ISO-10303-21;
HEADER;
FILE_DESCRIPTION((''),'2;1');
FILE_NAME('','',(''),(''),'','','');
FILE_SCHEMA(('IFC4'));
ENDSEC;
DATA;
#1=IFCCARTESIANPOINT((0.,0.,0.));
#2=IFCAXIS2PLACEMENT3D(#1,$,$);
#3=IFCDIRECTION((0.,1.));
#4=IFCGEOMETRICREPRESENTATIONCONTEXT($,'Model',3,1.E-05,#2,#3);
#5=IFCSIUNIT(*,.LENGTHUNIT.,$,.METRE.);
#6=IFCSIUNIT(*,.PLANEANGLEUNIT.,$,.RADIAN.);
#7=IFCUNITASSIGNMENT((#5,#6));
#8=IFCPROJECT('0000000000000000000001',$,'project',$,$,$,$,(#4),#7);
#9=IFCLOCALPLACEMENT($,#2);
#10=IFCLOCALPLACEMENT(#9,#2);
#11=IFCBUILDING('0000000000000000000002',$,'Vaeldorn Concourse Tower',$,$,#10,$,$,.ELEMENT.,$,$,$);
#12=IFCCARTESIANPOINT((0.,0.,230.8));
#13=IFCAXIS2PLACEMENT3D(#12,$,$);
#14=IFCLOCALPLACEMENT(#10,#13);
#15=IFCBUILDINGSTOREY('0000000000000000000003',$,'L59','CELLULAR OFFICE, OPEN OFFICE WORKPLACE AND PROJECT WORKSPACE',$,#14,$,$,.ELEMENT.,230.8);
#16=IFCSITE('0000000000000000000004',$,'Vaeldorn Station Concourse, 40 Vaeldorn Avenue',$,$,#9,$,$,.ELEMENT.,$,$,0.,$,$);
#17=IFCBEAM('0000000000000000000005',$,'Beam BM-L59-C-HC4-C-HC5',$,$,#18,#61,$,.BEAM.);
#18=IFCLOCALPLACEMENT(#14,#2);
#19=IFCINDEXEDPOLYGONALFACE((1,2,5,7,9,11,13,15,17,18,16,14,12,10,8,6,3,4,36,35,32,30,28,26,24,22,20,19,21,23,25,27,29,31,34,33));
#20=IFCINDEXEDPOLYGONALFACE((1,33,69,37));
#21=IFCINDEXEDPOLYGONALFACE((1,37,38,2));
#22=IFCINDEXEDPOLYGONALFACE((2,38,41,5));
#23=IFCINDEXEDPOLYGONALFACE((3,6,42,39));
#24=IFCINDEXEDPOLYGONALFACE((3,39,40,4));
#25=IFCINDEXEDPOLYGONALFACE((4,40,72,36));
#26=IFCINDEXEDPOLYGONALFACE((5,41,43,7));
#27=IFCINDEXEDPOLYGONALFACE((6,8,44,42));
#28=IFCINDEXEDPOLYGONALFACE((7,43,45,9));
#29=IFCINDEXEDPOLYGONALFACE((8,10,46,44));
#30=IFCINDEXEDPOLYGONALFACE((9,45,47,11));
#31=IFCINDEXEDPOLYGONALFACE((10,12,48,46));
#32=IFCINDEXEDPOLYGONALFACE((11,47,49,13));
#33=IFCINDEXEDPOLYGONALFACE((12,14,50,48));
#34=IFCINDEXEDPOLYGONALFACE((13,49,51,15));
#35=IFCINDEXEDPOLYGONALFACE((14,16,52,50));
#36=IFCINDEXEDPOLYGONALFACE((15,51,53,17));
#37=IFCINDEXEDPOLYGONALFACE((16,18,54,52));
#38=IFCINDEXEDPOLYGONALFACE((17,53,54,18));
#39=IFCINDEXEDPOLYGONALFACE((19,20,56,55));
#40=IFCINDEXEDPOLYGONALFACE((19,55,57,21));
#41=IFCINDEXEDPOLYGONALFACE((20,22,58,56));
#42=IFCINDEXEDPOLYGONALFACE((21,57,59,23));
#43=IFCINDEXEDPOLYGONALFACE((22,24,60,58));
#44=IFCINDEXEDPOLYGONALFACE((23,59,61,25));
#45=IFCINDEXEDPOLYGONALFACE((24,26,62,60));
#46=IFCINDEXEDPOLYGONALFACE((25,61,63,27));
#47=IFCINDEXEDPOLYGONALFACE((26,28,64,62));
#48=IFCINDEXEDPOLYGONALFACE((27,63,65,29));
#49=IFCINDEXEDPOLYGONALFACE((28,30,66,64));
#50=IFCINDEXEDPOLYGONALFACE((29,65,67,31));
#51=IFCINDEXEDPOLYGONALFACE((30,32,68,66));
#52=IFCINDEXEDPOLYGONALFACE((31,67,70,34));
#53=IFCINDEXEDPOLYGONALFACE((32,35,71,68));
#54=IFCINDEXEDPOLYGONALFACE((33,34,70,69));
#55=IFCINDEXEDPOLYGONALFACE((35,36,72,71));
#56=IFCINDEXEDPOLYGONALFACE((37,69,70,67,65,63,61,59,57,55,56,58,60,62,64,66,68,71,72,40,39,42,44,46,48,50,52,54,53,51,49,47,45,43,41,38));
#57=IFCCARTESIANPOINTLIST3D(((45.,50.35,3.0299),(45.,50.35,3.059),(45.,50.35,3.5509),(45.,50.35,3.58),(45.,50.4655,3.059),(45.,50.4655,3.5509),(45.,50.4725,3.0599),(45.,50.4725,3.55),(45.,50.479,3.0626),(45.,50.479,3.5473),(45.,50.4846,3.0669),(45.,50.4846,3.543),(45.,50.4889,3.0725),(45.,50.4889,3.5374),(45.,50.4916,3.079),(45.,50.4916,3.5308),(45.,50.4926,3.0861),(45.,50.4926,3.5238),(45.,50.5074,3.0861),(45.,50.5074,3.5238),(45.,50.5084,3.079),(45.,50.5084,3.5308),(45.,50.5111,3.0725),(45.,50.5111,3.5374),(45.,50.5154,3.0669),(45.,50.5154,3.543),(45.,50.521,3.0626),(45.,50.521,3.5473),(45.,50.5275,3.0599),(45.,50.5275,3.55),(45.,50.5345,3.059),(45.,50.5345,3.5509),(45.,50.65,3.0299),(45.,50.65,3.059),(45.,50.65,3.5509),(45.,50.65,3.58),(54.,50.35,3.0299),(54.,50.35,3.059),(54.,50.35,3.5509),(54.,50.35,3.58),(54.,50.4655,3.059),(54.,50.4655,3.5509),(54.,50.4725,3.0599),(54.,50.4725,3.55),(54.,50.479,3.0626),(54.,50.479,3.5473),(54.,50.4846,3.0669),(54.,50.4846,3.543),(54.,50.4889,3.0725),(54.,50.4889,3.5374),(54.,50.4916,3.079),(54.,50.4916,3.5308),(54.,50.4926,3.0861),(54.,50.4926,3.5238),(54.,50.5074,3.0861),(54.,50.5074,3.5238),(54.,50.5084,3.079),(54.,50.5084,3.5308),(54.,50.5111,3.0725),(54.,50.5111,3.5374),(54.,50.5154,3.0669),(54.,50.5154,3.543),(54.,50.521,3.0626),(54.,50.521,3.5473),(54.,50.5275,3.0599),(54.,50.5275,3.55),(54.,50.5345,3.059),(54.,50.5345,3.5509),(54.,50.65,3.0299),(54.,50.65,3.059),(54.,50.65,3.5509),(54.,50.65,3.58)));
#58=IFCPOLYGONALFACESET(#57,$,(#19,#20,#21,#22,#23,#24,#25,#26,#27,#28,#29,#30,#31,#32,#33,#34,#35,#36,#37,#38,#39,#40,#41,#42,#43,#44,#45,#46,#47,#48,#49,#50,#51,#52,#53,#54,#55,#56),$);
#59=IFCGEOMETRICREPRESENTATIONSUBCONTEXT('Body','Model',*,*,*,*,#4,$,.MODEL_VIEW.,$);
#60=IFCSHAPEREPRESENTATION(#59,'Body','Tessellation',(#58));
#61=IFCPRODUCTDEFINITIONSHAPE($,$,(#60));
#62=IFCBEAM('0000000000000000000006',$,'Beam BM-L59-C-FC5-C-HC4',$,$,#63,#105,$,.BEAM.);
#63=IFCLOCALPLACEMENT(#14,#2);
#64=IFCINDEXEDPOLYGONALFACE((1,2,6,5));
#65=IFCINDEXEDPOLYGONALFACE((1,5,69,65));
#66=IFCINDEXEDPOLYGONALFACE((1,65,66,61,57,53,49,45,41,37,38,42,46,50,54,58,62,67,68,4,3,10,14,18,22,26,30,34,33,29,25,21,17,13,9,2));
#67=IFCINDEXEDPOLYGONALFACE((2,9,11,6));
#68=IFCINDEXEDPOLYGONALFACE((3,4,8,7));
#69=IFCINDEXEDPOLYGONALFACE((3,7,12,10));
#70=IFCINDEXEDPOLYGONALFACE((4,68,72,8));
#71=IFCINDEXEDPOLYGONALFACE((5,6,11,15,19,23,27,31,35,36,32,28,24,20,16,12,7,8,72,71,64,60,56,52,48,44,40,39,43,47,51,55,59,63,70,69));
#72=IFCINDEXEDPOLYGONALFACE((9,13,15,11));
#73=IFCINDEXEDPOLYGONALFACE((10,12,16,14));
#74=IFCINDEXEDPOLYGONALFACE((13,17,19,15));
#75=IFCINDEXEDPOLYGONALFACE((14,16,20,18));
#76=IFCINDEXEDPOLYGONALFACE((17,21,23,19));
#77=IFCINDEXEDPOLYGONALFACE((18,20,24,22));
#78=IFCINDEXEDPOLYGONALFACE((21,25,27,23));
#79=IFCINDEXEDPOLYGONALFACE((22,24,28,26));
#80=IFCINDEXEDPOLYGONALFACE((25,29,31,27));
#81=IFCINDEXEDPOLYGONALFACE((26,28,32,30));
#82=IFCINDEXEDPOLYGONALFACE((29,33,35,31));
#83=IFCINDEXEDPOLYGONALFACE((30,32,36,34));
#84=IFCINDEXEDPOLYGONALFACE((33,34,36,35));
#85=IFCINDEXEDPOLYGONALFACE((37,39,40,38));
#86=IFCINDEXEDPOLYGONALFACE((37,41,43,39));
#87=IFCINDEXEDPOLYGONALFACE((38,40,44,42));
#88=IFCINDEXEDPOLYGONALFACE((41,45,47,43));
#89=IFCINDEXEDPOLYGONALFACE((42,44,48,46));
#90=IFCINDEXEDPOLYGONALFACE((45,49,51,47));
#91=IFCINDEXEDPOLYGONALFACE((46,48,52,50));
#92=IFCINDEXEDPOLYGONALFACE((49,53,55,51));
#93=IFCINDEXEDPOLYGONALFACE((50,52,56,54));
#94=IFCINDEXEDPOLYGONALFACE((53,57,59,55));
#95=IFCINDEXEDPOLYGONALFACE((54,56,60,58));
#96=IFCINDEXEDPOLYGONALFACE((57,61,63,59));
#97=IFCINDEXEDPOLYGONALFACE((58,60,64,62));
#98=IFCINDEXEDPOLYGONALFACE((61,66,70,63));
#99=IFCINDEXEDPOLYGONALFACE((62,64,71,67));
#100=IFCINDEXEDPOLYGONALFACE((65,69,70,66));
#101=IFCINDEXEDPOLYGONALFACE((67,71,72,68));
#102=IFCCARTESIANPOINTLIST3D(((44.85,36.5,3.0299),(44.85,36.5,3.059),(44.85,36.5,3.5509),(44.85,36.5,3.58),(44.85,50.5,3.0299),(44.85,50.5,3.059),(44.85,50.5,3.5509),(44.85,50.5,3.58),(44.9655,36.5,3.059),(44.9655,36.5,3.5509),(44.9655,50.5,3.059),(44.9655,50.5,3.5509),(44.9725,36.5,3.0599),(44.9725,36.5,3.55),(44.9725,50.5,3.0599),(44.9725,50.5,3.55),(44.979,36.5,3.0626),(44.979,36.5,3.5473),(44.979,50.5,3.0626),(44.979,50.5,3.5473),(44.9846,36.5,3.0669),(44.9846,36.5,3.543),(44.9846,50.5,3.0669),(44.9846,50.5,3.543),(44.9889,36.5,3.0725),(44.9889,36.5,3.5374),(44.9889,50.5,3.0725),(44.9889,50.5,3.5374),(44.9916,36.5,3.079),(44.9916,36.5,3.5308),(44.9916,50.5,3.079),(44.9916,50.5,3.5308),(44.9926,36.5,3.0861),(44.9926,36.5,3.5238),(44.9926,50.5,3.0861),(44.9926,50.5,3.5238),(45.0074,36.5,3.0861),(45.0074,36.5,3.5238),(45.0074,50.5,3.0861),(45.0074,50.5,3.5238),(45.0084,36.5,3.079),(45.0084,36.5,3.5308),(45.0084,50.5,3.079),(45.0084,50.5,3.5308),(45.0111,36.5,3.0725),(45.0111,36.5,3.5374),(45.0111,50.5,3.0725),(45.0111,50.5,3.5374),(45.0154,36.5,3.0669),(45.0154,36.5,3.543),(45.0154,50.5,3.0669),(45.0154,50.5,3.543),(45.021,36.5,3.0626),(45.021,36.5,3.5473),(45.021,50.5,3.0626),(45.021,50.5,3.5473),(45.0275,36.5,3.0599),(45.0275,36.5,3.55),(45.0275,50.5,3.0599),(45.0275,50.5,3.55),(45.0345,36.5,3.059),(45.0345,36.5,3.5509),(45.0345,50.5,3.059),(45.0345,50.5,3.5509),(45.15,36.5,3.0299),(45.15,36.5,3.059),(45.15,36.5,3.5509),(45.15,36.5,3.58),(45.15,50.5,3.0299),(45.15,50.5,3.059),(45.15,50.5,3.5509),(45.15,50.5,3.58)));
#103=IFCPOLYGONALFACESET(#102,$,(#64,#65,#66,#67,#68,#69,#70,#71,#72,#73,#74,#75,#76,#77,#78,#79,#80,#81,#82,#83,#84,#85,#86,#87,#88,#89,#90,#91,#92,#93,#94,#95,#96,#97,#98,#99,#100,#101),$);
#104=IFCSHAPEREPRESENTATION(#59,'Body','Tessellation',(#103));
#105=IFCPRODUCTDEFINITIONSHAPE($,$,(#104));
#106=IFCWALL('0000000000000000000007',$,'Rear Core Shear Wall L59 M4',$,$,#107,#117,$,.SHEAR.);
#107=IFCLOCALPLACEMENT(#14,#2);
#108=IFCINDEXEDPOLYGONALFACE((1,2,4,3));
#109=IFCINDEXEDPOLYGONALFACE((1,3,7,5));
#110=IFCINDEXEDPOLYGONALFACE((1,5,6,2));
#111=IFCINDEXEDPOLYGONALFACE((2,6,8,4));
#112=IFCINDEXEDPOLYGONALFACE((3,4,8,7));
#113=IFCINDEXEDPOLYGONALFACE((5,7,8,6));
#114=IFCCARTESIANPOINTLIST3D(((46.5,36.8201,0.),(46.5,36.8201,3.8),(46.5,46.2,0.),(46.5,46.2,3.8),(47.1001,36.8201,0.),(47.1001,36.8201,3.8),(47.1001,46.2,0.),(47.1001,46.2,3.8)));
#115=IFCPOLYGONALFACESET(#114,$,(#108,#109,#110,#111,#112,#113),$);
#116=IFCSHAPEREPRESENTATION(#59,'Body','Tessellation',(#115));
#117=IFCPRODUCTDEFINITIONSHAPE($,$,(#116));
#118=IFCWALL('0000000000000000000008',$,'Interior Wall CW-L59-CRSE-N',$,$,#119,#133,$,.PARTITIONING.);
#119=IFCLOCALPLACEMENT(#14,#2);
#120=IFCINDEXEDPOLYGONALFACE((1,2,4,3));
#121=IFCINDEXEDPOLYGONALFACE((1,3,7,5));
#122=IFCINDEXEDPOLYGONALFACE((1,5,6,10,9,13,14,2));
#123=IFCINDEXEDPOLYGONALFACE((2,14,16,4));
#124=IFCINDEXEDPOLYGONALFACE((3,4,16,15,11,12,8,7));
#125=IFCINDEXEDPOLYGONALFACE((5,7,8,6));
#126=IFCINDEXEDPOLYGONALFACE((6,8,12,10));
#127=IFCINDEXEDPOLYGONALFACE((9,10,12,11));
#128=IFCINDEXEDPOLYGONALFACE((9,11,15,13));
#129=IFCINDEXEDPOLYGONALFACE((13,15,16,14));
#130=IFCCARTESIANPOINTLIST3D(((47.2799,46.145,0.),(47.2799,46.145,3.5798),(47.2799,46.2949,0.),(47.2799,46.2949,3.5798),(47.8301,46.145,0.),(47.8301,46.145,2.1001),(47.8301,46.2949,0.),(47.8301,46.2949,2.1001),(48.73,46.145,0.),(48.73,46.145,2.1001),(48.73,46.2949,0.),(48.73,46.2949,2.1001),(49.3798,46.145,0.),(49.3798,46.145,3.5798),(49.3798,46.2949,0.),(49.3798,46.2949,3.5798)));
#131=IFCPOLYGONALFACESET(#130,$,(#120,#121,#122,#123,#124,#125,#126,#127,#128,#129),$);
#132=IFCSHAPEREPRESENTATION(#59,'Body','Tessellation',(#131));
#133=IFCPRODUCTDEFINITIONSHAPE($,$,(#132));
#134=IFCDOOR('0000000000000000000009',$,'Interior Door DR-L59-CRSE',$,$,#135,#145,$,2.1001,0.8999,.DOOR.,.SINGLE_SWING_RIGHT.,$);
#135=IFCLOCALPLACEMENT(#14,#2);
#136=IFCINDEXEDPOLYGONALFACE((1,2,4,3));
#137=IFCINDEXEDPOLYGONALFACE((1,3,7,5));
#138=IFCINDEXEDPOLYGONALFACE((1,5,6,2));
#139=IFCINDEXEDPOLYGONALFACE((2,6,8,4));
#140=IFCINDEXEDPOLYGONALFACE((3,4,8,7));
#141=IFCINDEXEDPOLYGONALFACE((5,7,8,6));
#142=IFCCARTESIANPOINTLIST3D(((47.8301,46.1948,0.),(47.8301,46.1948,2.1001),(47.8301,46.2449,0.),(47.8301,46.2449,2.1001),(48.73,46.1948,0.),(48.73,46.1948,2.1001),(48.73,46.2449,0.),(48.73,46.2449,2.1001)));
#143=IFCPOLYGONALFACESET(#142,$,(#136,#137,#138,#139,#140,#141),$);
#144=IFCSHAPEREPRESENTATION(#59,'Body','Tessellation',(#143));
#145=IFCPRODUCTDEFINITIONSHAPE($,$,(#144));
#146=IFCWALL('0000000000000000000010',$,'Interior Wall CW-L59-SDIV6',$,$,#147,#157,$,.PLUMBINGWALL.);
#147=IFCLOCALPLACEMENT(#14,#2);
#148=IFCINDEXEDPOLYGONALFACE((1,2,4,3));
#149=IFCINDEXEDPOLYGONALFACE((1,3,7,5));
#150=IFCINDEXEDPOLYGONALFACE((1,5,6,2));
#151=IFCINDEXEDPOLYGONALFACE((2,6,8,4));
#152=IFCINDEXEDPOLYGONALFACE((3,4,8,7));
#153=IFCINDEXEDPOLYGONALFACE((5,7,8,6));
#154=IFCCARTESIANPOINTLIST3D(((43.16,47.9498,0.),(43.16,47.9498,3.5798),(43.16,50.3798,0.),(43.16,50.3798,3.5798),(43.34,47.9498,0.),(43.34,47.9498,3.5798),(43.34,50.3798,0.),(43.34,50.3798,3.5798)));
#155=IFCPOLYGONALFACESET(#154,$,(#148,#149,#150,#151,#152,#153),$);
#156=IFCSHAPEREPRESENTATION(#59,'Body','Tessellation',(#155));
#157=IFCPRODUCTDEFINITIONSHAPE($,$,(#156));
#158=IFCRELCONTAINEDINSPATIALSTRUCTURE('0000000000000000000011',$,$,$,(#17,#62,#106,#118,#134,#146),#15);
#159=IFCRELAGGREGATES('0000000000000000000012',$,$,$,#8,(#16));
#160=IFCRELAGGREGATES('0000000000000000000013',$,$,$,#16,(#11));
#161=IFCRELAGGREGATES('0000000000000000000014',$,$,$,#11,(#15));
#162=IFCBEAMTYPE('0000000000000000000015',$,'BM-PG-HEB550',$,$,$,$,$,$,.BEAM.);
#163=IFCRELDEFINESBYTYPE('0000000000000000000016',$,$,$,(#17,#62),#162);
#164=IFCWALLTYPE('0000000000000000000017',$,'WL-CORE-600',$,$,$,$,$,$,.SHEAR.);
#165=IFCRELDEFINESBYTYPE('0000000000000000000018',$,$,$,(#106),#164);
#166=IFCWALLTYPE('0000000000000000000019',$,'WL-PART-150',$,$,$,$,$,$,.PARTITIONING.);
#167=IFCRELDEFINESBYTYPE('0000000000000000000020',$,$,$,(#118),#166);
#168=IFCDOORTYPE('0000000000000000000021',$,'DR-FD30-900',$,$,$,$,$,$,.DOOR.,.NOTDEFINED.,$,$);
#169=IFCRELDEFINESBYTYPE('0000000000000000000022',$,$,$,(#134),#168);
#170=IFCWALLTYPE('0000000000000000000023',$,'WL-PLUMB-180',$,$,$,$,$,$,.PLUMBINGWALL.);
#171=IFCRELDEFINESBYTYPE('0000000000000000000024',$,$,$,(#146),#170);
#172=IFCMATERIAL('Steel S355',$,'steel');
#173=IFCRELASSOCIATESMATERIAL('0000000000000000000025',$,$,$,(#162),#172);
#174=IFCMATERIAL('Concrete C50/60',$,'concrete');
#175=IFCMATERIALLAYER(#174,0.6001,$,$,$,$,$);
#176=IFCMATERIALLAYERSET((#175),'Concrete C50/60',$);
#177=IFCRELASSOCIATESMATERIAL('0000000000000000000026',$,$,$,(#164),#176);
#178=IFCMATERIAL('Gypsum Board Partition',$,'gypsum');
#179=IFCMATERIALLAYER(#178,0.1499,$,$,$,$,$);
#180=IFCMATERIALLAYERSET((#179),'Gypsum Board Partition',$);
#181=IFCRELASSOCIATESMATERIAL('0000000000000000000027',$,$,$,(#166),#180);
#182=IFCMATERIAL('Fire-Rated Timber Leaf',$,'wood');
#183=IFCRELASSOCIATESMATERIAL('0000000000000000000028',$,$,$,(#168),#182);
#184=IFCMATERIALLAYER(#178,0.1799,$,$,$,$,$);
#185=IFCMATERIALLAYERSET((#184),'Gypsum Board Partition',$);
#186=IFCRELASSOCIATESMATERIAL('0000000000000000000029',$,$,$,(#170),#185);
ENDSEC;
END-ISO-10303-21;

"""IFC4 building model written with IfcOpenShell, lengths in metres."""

from ifc_helpers import new_model, si_unit, direction, frame, frame_2d, origin, origin_2d, place, context, subcontext, project, spatial, rectangle, i_section, extrude, source, transform, mapped, material, layer, layer_set, material_profile, profile_set, type_object, element, fill, save


model = new_model("IFC4")

# Units and contexts
model_context = context("Model", 3, precision=1e-05, world=origin(), true_north=direction((0.0, 1.0)))
body_context = subcontext(model_context, "Body", "Model", "MODEL_VIEW")
ifc_project = project(units=[si_unit("LENGTHUNIT", "METRE"), si_unit("PLANEANGLEUNIT", "RADIAN")], contexts=[model_context])

# Site, building, storey
site_placement = place(None, origin())
site = spatial("IfcSite", under=ifc_project, at=site_placement, Name="Vaeldorn Station Concourse, 40 Vaeldorn Avenue", CompositionType="ELEMENT", RefElevation=0.0)
building_placement = place(site_placement, origin())
building = spatial("IfcBuilding", under=site, at=building_placement, Name="Vaeldorn Concourse Tower", CompositionType="ELEMENT")
storey_placement = place(building_placement, frame((0.0, 0.0, 230.8)))
storey = spatial("IfcBuildingStorey", under=building, at=storey_placement, Name="L59", Description="CELLULAR OFFICE, OPEN OFFICE WORKPLACE AND PROJECT WORKSPACE", CompositionType="ELEMENT", Elevation=230.8)

# Beams
ifc_material_1 = material(Name="Concrete C50/60", Category="concrete")
ifc_material_2 = material(Name="Steel S355", Category="steel")
ifc_material_profile_1 = material_profile(ifc_material_2, i_section(OverallWidth=0.3, OverallDepth=0.55, WebThickness=0.0149, FlangeThickness=0.0291, FilletRadius=0.0271, at=origin_2d()), Name="HEB 550")
ifc_profile_set_1 = profile_set([ifc_material_profile_1], Name="Steel S355")
beam_type_1 = type_object("IfcBeamType", Name="BM-PG-HEB550", PredefinedType="BEAM", material=ifc_profile_set_1)
shared_shape_1 = source(origin(), body_context, "Body", "SweptSolid", [
    extrude(i_section(OverallWidth=0.3, OverallDepth=0.55, WebThickness=0.0149, FlangeThickness=0.0291, FilletRadius=0.0271, at=origin_2d()), origin(), (0.0, 0.0, 1.0), 9.0),
])
beam_1_placement = place(storey_placement, frame((45.0, 50.5, 3.3049), z_axis=(1.0, 0.0, 0.0), x_axis=(0.0, 1.0, 0.0)))
element("IfcBeam", 1, at=beam_1_placement, inside=storey, type_object=beam_type_1, Name="Beam BM-L59-C-HC4-C-HC5", PredefinedType="BEAM", context=body_context, shape_type="MappedRepresentation", body=[
    mapped(shared_shape_1, transform((0.0, 0.0, 0.0), scale=1.0)),
])
shared_shape_2 = source(origin(), body_context, "Body", "SweptSolid", [
    extrude(i_section(OverallWidth=0.3, OverallDepth=0.55, WebThickness=0.0149, FlangeThickness=0.0291, FilletRadius=0.0271, at=origin_2d()), origin(), (0.0, 0.0, 1.0), 14.0),
])
beam_2_placement = place(storey_placement, frame((45.0, 36.5, 3.3049), z_axis=(0.0, 1.0, 0.0), x_axis=(-1.0, 0.0, 0.0)))
element("IfcBeam", 2, at=beam_2_placement, inside=storey, type_object=beam_type_1, Name="Beam BM-L59-C-FC5-C-HC4", PredefinedType="BEAM", context=body_context, shape_type="MappedRepresentation", body=[
    mapped(shared_shape_2, transform((0.0, 0.0, 0.0), scale=1.0)),
])

# Wall
ifc_layer_1 = layer(ifc_material_1, 0.6001)
ifc_layer_set_1 = layer_set([ifc_layer_1], Name="Concrete C50/60")
wall_type_1 = type_object("IfcWallType", Name="WL-CORE-600", PredefinedType="SHEAR", material=ifc_layer_set_1)
wall_1_placement = place(storey_placement, frame((46.8, 36.8201, 0.0), z_axis=(0.0, 0.0, 1.0), x_axis=(0.0, 1.0, 0.0)))
element("IfcWall", 3, at=wall_1_placement, inside=storey, type_object=wall_type_1, Name="Rear Core Shear Wall L59 M4", PredefinedType="SHEAR", context=body_context, shape_type="SweptSolid", body=[
    extrude(rectangle(XDim=9.3799, YDim=0.6001, at=frame_2d((4.6899, 0.0))), origin(), (0.0, 0.0, 1.0), 3.8),
])

# Wall, opening, door
ifc_material_3 = material(Name="Gypsum Board Partition", Category="gypsum")
ifc_layer_2 = layer(ifc_material_3, 0.1499)
ifc_layer_set_2 = layer_set([ifc_layer_2], Name="Gypsum Board Partition")
wall_type_2 = type_object("IfcWallType", Name="WL-PART-150", PredefinedType="PARTITIONING", material=ifc_layer_set_2)
wall_2_placement = place(storey_placement, frame((47.28, 46.22, 0.0), z_axis=(0.0, 0.0, 1.0), x_axis=(1.0, 0.0, 0.0)))
wall_2 = element("IfcWall", 4, at=wall_2_placement, inside=storey, type_object=wall_type_2, Name="Interior Wall CW-L59-CRSE-N", PredefinedType="PARTITIONING", context=body_context, shape_type="SweptSolid", body=[
    extrude(rectangle(XDim=2.0999, YDim=0.1499, at=frame_2d((1.0498, 0.0))), origin(), (0.0, 0.0, 1.0), 3.5798),
])
opening_1_placement = place(wall_2_placement, frame((0.55, 0.0, 0.0)))
opening_1 = element("IfcOpeningElement", 5, at=opening_1_placement, cuts=wall_2, PredefinedType="OPENING", context=body_context, shape_type="SweptSolid", body=[
    extrude(rectangle(XDim=0.8999, YDim=2.1001, at=frame_2d((0.45, 1.05))), frame((0.0, 0.085, 0.0), z_axis=(0.0, -1.0, 0.0), x_axis=(1.0, 0.0, 0.0)), (0.0, 0.0, 1.0), 0.1699),
])
ifc_material_4 = material(Name="Fire-Rated Timber Leaf", Category="wood")
door_type_1 = type_object("IfcDoorType", Name="DR-FD30-900", OperationType="NOTDEFINED", PredefinedType="DOOR", material=ifc_material_4)
shared_shape_3 = source(origin(), body_context, "Body", "SweptSolid", [
    extrude(rectangle(XDim=0.8999, YDim=2.1001, at=frame_2d((0.45, 1.05))), frame((0.0, 0.0249, 0.0), z_axis=(0.0, -1.0, 0.0), x_axis=(1.0, 0.0, 0.0)), (0.0, 0.0, 1.0), 0.05),
])
door_1_placement = place(opening_1_placement, origin())
door_1 = element("IfcDoor", 6, at=door_1_placement, inside=storey, type_object=door_type_1, Name="Interior Door DR-L59-CRSE", OperationType="SINGLE_SWING_RIGHT", OverallHeight=2.1001, OverallWidth=0.8999, PredefinedType="DOOR", context=body_context, shape_type="MappedRepresentation", body=[
    mapped(shared_shape_3, transform((0.0, 0.0, 0.0), scale=1.0)),
])
fill(opening_1, door_1)

# Wall
ifc_layer_3 = layer(ifc_material_3, 0.1799)
ifc_layer_set_3 = layer_set([ifc_layer_3], Name="Gypsum Board Partition")
wall_type_3 = type_object("IfcWallType", Name="WL-PLUMB-180", PredefinedType="PLUMBINGWALL", material=ifc_layer_set_3)
wall_3_placement = place(storey_placement, frame((43.25, 47.95, 0.0), z_axis=(0.0, 0.0, 1.0), x_axis=(0.0, 1.0, 0.0)))
element("IfcWall", 7, at=wall_3_placement, inside=storey, type_object=wall_type_3, Name="Interior Wall CW-L59-SDIV6", PredefinedType="PLUMBINGWALL", context=body_context, shape_type="SweptSolid", body=[
    extrude(rectangle(XDim=2.4299, YDim=0.1799, at=frame_2d((1.2148, 0.0))), origin(), (0.0, 0.0, 1.0), 3.5798),
])

save(model, "model.ifc")
